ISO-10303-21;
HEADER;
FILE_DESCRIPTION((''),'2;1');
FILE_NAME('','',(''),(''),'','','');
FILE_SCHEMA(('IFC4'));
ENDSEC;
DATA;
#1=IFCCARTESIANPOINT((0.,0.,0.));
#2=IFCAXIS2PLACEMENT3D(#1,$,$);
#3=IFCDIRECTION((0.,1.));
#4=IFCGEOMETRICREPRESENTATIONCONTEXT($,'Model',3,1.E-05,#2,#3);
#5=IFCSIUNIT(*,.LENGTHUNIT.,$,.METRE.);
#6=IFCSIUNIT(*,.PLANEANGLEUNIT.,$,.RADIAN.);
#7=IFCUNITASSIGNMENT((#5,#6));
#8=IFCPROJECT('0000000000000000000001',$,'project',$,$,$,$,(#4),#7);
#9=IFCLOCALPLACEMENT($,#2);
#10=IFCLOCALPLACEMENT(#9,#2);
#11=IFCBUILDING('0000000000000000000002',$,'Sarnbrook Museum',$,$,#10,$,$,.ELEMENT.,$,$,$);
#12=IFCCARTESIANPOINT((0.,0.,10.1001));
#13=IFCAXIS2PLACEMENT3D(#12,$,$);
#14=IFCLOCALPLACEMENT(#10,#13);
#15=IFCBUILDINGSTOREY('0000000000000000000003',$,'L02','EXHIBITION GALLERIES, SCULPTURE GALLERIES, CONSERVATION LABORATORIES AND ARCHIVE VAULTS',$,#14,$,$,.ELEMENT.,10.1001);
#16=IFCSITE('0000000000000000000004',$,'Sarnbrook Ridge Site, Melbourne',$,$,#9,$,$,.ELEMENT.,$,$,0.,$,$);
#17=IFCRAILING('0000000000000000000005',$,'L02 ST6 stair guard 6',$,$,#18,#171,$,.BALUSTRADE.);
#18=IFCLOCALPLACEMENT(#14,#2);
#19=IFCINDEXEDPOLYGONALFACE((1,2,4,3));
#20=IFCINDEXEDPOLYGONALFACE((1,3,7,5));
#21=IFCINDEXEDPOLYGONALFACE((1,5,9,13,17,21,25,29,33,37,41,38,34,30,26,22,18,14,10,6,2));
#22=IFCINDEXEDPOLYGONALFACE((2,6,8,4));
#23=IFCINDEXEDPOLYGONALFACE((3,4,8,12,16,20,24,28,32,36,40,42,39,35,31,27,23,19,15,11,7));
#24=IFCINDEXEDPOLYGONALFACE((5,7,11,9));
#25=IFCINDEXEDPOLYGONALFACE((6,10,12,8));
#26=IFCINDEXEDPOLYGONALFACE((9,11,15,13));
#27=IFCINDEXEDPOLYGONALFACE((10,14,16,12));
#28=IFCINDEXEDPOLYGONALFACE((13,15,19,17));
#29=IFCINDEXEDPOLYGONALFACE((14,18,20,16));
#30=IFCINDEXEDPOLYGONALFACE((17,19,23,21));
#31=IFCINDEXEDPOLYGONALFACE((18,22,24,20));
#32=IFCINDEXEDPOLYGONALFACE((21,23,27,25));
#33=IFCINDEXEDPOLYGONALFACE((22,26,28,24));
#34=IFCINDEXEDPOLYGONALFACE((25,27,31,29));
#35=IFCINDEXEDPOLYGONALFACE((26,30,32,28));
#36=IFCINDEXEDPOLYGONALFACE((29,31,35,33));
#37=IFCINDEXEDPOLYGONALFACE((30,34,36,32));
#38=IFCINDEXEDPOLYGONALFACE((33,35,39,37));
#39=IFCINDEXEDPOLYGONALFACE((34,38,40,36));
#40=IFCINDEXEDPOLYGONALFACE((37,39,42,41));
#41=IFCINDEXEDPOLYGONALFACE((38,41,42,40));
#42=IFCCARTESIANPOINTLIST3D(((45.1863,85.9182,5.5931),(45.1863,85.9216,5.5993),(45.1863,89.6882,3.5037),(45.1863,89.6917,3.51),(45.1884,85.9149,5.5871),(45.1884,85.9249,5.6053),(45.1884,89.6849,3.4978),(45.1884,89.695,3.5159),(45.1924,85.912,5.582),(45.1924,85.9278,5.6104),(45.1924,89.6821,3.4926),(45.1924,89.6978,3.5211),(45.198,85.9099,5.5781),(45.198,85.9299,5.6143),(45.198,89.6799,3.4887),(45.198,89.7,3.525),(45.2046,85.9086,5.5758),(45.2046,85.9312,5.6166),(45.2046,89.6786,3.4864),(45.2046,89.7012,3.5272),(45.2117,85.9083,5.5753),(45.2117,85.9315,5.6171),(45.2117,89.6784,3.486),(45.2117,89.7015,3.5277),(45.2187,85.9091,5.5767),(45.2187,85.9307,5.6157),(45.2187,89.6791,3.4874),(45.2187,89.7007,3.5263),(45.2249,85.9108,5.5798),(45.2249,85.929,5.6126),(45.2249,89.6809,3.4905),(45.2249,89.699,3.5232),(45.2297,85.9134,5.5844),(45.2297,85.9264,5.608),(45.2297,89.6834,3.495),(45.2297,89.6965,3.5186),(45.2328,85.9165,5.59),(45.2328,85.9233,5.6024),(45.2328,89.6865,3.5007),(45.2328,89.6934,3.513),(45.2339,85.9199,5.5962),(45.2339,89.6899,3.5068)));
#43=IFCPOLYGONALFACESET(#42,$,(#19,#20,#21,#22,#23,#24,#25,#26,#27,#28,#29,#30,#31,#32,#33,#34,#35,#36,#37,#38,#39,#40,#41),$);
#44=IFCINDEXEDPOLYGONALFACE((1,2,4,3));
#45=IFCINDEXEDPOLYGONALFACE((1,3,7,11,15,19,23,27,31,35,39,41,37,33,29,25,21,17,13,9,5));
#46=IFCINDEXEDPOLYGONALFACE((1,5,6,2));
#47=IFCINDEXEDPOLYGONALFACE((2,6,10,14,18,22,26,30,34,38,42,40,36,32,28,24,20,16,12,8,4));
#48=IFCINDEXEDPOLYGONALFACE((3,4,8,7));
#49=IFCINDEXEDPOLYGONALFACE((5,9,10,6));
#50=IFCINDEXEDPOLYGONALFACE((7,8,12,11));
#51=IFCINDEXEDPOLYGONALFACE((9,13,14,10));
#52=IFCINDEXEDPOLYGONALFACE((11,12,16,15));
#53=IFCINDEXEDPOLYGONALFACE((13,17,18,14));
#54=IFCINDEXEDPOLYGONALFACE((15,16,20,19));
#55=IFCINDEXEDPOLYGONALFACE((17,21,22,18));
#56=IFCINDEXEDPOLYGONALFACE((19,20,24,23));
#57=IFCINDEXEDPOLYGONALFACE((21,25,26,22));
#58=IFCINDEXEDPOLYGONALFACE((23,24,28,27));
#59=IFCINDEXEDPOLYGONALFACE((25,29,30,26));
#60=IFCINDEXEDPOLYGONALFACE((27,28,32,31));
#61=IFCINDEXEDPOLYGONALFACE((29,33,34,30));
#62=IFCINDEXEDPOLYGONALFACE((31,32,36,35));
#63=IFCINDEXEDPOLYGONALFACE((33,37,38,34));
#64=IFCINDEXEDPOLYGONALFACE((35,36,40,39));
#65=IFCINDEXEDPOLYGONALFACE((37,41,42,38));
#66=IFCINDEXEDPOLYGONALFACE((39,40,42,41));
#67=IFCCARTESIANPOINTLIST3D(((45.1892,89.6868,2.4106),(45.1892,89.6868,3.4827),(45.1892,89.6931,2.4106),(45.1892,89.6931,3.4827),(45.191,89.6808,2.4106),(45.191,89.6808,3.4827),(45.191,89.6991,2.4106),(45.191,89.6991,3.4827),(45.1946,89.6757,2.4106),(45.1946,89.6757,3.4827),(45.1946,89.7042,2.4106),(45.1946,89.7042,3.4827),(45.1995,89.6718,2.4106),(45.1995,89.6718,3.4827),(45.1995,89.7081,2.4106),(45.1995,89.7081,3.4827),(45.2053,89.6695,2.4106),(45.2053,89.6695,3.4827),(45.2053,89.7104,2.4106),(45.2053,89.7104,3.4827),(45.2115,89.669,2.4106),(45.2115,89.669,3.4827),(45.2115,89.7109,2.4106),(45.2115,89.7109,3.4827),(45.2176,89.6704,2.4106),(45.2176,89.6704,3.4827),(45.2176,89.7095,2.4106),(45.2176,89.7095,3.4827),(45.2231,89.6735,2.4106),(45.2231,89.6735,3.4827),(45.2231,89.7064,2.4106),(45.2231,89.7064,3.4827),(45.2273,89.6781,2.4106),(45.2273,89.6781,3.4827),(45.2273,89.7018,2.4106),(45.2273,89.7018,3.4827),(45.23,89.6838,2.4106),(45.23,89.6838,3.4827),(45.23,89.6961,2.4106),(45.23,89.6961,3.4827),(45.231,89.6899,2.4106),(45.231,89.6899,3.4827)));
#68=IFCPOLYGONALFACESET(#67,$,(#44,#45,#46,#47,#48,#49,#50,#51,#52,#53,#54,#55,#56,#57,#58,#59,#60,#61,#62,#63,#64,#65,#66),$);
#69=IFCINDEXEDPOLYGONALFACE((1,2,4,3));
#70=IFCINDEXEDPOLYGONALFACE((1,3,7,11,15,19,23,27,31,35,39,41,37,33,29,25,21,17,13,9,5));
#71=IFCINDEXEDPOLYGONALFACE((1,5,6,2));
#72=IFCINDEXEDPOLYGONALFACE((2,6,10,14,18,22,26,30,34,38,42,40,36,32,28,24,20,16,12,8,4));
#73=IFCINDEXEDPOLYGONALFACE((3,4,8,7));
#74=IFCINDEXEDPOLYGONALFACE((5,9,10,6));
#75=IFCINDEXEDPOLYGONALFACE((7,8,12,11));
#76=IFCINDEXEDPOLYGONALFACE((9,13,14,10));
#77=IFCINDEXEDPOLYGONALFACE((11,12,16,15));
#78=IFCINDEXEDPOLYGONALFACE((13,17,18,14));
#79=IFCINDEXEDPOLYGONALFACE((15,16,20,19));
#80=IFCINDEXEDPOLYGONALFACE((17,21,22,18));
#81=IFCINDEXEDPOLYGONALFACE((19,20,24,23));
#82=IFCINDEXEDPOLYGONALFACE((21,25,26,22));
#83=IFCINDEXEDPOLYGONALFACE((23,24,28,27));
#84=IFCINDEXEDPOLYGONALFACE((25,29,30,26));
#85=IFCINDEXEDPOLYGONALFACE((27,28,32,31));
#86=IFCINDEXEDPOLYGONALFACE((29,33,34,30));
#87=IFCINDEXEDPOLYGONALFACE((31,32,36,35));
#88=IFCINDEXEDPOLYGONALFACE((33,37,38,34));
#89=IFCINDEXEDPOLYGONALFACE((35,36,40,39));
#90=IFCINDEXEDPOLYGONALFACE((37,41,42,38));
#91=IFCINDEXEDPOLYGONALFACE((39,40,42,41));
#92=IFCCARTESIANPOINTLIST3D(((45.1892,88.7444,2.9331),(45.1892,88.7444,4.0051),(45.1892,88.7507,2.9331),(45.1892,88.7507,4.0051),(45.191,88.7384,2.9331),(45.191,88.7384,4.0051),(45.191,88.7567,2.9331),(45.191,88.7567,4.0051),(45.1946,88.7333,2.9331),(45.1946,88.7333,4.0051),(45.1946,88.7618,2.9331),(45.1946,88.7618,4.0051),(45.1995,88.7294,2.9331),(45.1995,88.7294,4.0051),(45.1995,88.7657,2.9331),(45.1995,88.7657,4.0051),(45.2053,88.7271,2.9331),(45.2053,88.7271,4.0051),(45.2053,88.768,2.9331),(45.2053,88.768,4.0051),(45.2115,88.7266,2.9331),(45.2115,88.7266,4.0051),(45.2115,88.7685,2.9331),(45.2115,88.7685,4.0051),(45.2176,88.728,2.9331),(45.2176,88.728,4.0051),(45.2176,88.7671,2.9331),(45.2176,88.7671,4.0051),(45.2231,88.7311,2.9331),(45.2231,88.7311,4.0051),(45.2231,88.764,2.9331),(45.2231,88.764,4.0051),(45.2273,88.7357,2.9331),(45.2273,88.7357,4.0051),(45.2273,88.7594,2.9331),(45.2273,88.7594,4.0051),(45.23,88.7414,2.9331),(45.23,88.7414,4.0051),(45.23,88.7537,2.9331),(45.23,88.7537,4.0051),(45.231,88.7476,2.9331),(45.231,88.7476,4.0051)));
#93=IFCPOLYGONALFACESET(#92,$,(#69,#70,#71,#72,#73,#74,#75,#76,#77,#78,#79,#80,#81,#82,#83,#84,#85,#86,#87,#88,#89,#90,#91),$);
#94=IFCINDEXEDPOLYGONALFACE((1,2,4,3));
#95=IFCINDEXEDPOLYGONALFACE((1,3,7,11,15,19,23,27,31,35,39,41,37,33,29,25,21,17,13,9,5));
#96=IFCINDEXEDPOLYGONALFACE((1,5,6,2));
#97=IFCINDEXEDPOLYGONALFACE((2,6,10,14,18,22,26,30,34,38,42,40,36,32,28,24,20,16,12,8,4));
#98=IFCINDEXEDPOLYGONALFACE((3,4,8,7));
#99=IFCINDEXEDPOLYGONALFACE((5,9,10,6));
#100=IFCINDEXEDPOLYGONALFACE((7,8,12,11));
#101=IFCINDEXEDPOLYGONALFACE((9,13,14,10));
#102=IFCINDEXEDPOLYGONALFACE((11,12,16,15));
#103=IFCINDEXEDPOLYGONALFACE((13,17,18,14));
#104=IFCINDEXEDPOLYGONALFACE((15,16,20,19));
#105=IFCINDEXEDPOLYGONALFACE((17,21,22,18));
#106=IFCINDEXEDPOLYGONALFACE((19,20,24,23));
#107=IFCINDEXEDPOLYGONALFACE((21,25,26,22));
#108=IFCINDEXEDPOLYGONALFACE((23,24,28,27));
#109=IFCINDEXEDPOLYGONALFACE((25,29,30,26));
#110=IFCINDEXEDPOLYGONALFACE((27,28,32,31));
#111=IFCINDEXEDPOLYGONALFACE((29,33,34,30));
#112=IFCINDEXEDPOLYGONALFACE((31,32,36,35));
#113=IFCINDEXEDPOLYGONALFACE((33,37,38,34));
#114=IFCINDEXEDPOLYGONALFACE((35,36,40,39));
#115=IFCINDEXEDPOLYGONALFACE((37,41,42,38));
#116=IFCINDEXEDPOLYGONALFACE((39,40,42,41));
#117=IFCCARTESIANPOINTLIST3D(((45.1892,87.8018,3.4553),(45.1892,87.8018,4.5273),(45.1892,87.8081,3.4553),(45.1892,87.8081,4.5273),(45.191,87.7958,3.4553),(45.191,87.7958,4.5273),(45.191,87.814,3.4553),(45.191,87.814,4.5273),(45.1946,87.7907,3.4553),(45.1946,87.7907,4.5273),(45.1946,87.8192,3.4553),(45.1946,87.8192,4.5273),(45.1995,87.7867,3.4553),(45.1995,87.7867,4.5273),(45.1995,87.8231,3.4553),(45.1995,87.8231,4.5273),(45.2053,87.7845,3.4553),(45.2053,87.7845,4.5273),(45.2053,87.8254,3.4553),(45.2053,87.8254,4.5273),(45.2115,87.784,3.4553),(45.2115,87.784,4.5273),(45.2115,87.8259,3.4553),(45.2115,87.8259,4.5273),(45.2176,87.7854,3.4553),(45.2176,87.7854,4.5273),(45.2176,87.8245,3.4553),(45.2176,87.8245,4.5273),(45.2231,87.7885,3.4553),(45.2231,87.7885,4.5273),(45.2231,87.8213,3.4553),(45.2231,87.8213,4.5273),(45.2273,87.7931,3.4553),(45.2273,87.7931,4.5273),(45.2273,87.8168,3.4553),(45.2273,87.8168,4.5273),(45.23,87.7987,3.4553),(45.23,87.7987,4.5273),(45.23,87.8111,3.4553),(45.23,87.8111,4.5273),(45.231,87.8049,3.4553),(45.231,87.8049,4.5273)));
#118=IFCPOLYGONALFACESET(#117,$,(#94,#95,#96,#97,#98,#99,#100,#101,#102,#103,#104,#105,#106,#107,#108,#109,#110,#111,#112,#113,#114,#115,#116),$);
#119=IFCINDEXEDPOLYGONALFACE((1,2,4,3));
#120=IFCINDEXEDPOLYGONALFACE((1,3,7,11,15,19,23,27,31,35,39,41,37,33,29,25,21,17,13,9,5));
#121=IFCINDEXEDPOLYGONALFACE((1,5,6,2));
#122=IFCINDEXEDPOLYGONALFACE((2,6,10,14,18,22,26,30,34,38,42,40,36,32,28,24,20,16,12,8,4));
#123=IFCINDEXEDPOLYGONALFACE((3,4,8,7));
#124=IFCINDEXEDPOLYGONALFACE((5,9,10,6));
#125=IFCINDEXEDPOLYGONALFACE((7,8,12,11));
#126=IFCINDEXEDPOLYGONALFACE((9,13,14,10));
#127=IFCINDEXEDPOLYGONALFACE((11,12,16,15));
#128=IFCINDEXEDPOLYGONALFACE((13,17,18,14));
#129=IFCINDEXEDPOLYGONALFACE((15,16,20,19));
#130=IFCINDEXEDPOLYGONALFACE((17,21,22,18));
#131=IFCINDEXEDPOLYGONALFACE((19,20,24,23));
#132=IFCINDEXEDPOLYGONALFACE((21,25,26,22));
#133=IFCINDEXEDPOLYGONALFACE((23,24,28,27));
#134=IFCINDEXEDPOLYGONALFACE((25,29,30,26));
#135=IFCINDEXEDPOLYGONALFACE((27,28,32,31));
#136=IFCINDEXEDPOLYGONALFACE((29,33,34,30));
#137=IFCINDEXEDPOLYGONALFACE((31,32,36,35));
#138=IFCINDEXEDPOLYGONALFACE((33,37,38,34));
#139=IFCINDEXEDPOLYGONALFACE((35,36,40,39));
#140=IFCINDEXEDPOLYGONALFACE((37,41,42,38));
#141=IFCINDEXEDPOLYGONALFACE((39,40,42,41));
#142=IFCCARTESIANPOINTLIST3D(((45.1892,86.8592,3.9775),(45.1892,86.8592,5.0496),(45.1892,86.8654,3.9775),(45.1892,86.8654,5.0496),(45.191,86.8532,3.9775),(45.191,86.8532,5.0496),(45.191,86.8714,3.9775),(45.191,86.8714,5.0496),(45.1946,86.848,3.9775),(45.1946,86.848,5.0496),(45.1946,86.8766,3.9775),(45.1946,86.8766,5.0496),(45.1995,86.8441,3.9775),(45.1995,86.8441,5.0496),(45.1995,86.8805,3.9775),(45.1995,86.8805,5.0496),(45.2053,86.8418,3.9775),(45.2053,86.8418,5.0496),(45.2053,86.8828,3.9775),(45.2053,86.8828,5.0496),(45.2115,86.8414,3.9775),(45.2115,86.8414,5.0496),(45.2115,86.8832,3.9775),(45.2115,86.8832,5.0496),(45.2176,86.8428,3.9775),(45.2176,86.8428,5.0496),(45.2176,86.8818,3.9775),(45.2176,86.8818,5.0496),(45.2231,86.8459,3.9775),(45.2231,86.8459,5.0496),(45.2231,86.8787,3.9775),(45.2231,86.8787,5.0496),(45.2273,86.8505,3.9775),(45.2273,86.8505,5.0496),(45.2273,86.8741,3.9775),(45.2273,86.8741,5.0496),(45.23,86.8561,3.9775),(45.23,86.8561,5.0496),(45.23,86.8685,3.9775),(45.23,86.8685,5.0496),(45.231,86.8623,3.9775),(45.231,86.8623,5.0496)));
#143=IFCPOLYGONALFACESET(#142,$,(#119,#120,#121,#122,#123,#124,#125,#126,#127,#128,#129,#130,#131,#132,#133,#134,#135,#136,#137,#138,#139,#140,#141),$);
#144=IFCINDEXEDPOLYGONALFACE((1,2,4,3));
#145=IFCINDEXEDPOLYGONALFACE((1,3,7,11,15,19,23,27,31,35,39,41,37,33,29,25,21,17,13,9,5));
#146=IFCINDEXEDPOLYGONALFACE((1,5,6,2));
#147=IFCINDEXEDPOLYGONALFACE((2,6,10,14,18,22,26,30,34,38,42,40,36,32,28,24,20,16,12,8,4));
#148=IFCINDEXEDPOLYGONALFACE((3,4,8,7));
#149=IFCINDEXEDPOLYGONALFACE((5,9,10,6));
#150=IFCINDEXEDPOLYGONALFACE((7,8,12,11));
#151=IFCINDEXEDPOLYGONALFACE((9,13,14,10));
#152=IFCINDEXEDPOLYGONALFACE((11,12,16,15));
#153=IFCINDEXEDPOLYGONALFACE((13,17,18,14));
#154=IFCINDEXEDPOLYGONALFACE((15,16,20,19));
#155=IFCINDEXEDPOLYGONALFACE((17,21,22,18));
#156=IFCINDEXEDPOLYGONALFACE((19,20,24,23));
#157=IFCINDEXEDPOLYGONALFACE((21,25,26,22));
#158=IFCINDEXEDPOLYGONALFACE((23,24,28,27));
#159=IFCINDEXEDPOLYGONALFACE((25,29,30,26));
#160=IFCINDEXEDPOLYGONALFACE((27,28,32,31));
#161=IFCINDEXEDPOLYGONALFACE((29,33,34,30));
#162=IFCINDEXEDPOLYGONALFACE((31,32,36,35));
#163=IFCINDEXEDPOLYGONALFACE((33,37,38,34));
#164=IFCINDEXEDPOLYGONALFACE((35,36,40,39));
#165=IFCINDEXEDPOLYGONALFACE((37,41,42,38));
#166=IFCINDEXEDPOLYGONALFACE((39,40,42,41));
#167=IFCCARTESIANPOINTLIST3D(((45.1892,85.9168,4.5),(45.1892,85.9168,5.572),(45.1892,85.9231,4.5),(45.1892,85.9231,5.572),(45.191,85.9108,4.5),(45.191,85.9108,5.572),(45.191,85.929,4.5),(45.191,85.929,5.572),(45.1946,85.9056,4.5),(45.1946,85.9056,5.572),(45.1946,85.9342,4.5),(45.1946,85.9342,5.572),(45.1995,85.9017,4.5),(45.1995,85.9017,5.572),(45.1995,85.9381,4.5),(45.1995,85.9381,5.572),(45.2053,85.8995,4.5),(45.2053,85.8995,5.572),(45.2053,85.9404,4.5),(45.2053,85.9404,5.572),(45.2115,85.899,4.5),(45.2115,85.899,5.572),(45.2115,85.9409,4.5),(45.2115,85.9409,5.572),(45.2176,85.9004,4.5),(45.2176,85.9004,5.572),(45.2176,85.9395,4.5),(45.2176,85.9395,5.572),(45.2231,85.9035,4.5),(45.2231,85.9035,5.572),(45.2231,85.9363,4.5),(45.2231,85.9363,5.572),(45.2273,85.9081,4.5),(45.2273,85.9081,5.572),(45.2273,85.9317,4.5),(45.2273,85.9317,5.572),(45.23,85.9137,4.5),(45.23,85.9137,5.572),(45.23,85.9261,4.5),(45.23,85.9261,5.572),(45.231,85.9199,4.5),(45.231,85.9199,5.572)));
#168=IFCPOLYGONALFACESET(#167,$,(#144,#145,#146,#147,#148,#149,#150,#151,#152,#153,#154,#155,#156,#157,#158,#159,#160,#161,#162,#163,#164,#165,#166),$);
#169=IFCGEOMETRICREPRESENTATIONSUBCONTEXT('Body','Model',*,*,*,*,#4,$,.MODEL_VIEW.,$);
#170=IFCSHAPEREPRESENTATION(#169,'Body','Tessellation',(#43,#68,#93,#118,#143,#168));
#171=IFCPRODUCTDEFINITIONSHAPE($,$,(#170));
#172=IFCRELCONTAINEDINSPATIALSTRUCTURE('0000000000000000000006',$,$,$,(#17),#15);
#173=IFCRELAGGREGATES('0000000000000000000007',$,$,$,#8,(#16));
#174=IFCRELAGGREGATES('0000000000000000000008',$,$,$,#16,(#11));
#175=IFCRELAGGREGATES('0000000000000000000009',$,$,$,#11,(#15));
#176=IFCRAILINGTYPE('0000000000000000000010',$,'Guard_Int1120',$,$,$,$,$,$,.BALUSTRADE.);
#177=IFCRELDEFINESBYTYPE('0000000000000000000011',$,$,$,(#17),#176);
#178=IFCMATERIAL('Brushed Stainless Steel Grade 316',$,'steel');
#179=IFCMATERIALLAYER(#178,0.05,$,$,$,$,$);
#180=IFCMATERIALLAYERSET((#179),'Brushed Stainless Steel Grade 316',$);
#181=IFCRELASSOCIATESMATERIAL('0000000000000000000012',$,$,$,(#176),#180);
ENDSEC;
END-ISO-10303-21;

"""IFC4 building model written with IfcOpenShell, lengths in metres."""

from ifc_helpers import new_model, si_unit, direction, frame, origin, origin_2d, place, context, subcontext, project, spatial, circle, extrude, material, layer, layer_set, type_object, element, save


model = new_model("IFC4")

# Units and contexts
model_context = context("Model", 3, precision=1e-05, world=origin(), true_north=direction((0.0, 1.0)))
body_context = subcontext(model_context, "Body", "Model", "MODEL_VIEW")
ifc_project = project(units=[si_unit("LENGTHUNIT", "METRE"), si_unit("PLANEANGLEUNIT", "RADIAN")], contexts=[model_context])

# Site, building, storey
site_placement = place(None, origin())
site = spatial("IfcSite", under=ifc_project, at=site_placement, Name="Sarnbrook Ridge Site, Melbourne", CompositionType="ELEMENT", RefElevation=0.0)
building_placement = place(site_placement, origin())
building = spatial("IfcBuilding", under=site, at=building_placement, Name="Sarnbrook Museum", CompositionType="ELEMENT")
storey_placement = place(building_placement, frame((0.0, 0.0, 10.1001)))
storey = spatial("IfcBuildingStorey", under=building, at=storey_placement, Name="L02", Description="EXHIBITION GALLERIES, SCULPTURE GALLERIES, CONSERVATION LABORATORIES AND ARCHIVE VAULTS", CompositionType="ELEMENT", Elevation=10.1001)

# Railing
ifc_material_1 = material(Name="Brushed Stainless Steel Grade 316", Category="steel")
ifc_layer_1 = layer(ifc_material_1, 0.05)
ifc_layer_set_1 = layer_set([ifc_layer_1], Name="Brushed Stainless Steel Grade 316")
railing_type_1 = type_object("IfcRailingType", Name="Guard_Int1120", PredefinedType="BALUSTRADE", material=ifc_layer_set_1)
railing_1_placement = place(storey_placement, frame((45.21, 89.6899, 2.4106)))
element("IfcRailing", 1, at=railing_1_placement, inside=storey, type_object=railing_type_1, Name="L02 ST6 stair guard 6", PredefinedType="BALUSTRADE", context=body_context, shape_type="SweptSolid", body=[
    extrude(circle(Radius=0.0239, at=origin_2d()), frame((0.0, 0.0, 1.0962), z_axis=(0.0, -0.874659, 0.484739), x_axis=(1.0, 0.0, 0.0)), (0.0, 0.0, 1.0), 4.3103),
    extrude(circle(Radius=0.021, at=origin_2d()), origin(), (0.0, 0.0, 1.0), 1.072),
    extrude(circle(Radius=0.021, at=origin_2d()), frame((0.0, -0.9424, 0.5225)), (0.0, 0.0, 1.0), 1.072),
    extrude(circle(Radius=0.021, at=origin_2d()), frame((0.0, -1.885, 1.0447)), (0.0, 0.0, 1.0), 1.072),
    extrude(circle(Radius=0.021, at=origin_2d()), frame((0.0, -2.8276, 1.5669)), (0.0, 0.0, 1.0), 1.072),
    extrude(circle(Radius=0.021, at=origin_2d()), frame((0.0, -3.77, 2.0894)), (0.0, 0.0, 1.0), 1.072),
])

save(model, "model.ifc")
